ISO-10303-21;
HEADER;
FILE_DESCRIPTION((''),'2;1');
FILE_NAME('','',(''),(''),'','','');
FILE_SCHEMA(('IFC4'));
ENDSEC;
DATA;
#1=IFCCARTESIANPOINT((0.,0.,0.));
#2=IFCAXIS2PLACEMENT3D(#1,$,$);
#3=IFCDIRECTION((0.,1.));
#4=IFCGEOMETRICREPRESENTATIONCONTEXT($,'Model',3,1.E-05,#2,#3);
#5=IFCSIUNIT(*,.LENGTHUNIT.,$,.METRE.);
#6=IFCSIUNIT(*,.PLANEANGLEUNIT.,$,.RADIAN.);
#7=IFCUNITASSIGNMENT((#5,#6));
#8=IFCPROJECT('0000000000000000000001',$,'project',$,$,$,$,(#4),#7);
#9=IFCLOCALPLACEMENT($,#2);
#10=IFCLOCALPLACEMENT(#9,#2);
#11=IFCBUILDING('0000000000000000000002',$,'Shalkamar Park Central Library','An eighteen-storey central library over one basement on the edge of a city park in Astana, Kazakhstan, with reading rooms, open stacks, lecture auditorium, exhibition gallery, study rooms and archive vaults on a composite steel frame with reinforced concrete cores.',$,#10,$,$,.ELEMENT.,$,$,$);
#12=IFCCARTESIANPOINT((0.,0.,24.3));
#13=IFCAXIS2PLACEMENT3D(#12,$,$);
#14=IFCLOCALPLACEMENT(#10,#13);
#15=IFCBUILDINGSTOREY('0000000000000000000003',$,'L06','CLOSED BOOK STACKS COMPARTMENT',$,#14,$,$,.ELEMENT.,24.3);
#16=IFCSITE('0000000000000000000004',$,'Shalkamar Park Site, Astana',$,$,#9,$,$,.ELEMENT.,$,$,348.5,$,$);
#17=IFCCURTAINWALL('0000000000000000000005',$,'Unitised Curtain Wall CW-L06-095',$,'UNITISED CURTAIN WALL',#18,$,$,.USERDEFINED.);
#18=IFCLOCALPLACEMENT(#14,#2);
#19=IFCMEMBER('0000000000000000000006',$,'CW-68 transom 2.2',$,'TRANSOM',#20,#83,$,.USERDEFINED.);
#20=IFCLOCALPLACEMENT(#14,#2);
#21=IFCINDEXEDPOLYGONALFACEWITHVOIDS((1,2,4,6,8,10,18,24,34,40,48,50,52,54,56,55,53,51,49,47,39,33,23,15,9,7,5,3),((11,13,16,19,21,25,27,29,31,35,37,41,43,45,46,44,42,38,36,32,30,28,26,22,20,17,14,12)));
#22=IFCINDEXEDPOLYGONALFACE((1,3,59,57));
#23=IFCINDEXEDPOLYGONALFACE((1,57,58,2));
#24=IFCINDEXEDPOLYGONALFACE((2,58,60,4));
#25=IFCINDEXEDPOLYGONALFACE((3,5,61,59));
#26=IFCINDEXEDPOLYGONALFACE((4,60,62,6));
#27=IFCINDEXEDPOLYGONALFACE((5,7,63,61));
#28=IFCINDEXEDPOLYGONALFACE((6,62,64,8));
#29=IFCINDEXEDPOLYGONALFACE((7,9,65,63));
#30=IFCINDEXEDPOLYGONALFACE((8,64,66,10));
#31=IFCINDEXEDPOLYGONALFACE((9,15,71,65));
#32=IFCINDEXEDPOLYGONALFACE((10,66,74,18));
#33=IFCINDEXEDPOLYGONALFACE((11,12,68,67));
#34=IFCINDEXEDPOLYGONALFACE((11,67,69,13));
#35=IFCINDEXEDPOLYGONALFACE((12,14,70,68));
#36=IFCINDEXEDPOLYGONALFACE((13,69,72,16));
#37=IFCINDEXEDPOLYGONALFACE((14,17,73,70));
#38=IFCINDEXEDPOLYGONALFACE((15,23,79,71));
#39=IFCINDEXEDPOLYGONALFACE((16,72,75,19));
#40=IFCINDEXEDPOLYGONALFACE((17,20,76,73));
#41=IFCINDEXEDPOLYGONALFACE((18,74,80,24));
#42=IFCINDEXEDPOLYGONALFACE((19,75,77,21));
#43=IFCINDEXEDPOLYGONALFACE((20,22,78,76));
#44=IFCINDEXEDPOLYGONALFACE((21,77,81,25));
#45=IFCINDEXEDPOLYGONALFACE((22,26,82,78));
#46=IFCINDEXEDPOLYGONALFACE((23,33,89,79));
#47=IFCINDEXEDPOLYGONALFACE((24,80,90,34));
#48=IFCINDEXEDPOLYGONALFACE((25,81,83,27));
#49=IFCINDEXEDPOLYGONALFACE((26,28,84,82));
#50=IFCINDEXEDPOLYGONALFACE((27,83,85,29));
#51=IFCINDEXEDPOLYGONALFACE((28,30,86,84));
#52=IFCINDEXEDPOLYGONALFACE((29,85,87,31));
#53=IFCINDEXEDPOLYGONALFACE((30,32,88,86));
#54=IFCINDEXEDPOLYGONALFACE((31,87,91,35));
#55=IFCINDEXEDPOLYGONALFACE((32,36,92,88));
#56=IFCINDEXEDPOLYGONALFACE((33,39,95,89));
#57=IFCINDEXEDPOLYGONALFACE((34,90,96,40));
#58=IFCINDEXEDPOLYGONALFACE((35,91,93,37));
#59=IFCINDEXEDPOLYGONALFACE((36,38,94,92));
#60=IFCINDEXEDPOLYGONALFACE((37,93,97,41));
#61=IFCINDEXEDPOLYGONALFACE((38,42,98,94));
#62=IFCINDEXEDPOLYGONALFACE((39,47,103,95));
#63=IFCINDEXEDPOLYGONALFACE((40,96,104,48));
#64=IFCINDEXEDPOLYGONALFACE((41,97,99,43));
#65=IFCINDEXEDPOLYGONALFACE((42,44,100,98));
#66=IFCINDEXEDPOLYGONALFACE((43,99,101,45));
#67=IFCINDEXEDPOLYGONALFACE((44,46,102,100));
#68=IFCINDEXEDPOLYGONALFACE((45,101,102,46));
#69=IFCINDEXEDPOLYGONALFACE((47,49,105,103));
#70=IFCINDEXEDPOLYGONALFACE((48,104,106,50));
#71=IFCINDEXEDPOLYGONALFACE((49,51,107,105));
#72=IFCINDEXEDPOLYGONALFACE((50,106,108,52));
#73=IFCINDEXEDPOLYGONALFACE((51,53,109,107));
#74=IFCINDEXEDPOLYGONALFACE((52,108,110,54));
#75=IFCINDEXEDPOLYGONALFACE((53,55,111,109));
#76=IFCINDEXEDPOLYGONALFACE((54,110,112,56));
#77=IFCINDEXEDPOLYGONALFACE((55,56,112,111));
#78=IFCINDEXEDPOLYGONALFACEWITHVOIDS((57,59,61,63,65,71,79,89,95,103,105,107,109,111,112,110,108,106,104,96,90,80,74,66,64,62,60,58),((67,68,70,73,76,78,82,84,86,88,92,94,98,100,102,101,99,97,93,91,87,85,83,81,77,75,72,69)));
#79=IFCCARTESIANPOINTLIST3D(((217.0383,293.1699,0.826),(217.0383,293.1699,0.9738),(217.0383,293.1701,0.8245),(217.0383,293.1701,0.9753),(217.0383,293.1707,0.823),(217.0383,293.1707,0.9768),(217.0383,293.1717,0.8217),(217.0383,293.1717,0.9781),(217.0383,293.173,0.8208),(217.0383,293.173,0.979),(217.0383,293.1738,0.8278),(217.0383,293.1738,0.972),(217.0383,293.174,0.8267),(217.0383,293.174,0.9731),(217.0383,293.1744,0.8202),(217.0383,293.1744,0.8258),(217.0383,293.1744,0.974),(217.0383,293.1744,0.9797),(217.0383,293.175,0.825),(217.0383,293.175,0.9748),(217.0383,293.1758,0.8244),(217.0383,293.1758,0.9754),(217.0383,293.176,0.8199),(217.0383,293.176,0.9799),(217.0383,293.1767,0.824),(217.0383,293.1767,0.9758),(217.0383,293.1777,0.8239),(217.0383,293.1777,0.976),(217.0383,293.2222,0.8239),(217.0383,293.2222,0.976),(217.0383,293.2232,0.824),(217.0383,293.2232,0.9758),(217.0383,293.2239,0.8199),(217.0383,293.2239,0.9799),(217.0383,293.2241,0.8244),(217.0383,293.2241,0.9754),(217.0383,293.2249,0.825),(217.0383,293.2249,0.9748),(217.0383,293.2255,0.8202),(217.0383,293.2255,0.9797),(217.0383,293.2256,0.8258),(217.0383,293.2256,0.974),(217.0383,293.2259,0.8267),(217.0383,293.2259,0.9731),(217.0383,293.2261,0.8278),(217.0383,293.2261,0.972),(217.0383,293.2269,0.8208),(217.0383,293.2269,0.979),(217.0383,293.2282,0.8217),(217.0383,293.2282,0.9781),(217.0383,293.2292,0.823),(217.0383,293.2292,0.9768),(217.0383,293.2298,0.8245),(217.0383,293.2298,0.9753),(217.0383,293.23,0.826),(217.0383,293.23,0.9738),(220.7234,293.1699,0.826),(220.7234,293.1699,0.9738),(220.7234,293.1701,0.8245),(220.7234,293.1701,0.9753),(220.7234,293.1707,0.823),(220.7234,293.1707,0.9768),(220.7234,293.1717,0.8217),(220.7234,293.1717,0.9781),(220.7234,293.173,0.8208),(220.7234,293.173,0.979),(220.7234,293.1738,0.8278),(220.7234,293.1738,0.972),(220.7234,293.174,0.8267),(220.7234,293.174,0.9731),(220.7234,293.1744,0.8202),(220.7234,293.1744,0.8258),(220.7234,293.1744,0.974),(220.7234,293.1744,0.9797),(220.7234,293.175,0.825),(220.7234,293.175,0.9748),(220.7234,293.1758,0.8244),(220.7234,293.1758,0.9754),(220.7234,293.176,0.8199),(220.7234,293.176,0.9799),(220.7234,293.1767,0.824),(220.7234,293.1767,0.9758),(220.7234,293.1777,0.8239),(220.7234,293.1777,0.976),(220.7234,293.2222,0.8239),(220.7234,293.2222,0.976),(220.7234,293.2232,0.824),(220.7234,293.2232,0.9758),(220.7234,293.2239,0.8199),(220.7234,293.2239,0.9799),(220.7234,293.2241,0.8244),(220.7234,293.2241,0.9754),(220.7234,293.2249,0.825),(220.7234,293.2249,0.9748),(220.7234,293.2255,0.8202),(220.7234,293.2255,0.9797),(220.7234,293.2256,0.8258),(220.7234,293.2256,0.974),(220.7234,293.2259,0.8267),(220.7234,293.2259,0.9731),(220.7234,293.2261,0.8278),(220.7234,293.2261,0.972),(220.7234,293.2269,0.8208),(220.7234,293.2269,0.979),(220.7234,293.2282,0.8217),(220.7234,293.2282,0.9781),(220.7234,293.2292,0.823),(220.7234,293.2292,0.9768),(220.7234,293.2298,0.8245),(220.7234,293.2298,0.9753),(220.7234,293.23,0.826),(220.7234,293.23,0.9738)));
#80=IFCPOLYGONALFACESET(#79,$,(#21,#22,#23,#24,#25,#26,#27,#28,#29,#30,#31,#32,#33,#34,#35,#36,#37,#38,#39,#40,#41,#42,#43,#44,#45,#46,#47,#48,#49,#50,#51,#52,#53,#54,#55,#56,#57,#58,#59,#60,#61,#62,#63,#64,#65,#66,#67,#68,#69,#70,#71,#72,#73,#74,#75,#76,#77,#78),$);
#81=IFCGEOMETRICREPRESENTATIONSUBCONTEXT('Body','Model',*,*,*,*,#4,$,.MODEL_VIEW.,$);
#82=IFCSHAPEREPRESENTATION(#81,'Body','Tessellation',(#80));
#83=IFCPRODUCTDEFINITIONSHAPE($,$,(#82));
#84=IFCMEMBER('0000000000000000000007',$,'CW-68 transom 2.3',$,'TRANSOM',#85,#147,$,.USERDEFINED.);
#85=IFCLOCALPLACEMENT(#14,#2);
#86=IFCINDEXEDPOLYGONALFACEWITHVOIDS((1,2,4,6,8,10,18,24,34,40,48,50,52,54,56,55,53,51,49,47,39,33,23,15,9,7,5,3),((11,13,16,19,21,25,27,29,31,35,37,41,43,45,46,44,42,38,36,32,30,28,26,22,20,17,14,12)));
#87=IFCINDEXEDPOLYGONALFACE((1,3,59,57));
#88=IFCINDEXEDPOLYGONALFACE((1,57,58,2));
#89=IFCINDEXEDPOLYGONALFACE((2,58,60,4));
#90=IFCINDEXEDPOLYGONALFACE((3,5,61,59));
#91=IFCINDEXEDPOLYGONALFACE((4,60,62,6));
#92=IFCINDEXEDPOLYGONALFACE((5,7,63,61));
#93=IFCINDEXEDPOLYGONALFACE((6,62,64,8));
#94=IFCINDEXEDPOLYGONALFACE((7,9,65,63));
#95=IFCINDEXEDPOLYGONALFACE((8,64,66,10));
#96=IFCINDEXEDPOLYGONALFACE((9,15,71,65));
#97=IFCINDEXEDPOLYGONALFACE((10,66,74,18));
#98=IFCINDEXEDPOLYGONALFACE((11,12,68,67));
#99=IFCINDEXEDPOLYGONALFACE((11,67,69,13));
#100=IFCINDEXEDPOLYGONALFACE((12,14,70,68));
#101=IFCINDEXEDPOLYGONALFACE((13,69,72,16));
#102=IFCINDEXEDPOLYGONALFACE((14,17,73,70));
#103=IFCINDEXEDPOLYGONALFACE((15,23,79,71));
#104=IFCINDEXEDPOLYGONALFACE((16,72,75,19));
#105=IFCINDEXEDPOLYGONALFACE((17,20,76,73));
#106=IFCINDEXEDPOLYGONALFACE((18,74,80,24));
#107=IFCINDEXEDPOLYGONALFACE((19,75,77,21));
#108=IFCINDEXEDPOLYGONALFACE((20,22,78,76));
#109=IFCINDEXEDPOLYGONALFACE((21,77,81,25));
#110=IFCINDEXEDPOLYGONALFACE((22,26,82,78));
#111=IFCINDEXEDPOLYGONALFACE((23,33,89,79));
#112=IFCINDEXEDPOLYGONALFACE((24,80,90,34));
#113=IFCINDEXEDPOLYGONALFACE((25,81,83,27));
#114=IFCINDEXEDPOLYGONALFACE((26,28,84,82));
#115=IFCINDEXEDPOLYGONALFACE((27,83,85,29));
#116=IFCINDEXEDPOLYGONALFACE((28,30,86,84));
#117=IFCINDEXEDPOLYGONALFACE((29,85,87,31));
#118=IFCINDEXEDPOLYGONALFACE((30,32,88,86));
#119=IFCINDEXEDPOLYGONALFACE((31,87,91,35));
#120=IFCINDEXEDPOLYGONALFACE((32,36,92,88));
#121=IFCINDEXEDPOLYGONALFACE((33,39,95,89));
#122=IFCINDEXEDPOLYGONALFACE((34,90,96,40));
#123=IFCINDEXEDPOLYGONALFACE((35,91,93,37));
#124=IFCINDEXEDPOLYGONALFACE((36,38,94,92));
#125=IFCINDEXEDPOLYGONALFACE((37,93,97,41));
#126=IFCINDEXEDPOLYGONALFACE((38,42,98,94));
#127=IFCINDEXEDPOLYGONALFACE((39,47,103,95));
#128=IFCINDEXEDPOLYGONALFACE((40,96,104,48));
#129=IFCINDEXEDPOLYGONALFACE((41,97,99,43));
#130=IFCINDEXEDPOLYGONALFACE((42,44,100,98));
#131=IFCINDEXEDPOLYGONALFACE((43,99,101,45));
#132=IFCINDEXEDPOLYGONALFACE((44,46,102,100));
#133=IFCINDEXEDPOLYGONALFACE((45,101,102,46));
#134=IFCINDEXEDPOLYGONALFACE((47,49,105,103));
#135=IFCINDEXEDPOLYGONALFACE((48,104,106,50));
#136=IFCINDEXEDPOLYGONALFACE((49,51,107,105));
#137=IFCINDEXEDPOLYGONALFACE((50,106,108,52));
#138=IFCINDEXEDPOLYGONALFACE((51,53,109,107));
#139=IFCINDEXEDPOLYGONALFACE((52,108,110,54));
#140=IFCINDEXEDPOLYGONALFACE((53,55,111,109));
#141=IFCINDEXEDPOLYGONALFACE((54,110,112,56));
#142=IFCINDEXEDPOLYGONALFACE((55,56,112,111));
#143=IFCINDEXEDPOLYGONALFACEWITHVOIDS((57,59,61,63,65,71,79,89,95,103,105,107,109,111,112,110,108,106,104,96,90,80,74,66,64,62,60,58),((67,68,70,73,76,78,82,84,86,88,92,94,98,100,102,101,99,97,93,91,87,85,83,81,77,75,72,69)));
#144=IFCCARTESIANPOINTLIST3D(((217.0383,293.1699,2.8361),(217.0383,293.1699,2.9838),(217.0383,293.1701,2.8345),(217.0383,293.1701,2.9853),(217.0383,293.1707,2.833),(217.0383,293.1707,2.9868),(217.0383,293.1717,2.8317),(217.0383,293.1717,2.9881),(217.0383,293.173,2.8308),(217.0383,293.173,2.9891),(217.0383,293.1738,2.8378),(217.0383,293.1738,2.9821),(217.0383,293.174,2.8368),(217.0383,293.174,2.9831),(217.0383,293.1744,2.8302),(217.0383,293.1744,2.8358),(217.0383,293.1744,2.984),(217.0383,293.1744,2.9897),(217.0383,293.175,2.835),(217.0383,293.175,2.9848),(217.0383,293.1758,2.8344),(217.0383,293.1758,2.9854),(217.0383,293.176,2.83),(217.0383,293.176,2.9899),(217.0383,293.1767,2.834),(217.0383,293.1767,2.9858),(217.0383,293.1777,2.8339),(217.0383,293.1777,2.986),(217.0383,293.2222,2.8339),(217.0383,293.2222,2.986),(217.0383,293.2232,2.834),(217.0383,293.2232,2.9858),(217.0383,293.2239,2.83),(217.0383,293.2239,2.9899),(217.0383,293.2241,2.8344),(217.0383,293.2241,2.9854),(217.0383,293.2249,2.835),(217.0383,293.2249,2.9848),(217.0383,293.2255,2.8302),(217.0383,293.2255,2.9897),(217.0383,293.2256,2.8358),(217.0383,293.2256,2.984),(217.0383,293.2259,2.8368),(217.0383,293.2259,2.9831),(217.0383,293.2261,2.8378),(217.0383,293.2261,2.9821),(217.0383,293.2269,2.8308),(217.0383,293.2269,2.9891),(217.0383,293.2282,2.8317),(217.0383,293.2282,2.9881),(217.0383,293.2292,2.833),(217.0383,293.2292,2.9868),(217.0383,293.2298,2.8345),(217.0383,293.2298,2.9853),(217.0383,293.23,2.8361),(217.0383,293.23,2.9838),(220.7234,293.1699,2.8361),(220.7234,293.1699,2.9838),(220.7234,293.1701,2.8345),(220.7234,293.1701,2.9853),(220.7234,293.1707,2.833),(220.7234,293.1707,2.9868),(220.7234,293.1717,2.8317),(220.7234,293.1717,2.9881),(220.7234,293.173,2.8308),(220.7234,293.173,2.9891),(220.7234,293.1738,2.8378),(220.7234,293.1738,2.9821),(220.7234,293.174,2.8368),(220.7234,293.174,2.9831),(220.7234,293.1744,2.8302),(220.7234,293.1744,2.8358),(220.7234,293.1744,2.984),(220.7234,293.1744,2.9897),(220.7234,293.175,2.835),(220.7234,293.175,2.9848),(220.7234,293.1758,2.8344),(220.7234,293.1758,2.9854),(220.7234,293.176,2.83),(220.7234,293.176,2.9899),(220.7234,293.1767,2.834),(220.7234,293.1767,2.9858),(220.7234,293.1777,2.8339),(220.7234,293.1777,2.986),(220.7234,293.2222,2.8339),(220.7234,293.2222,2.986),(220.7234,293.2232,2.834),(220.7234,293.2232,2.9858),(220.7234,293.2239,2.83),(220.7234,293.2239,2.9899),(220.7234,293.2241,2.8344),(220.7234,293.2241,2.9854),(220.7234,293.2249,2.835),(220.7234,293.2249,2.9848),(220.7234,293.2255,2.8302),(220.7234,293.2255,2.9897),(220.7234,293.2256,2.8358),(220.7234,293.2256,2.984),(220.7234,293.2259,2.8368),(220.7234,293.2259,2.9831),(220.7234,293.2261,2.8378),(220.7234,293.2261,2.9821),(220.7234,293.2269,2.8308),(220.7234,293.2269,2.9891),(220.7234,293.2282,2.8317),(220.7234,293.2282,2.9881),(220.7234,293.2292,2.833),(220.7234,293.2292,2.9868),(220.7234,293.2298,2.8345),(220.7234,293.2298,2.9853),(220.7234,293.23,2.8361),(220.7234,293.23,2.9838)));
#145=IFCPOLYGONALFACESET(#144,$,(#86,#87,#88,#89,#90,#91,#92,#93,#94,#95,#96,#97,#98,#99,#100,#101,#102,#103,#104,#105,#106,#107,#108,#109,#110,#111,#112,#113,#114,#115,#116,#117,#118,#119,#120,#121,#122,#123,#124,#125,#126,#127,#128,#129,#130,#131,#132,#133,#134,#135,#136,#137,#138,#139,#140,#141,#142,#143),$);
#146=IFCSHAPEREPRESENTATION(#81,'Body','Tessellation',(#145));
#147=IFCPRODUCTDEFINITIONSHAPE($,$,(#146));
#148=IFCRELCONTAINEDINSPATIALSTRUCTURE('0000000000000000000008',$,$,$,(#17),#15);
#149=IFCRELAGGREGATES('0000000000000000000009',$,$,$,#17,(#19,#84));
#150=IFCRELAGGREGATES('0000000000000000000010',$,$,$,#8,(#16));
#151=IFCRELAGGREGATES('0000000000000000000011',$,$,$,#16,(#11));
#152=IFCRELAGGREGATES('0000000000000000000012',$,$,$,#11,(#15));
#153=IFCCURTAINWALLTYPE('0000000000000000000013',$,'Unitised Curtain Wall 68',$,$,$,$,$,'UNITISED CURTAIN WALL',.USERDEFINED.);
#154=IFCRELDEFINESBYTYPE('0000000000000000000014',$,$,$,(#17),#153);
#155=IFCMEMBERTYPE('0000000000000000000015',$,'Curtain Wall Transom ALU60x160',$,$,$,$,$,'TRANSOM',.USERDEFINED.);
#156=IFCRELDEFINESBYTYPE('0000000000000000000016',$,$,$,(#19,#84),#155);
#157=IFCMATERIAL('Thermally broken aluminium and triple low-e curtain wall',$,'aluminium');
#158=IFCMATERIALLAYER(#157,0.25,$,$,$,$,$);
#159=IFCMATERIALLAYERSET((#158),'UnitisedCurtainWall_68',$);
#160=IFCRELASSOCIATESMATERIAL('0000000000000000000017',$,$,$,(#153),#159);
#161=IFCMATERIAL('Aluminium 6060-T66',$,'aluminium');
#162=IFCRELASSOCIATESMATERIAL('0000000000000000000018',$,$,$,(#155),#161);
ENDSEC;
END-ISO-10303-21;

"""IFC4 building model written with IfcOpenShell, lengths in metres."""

from ifc_helpers import new_model, si_unit, direction, frame, origin, origin_2d, place, context, subcontext, project, spatial, hollow_rectangle, extrude, material, layer, layer_set, material_profile, profile_set, type_object, element, aggregate, save


model = new_model("IFC4")

# Units and contexts
model_context = context("Model", 3, precision=1e-05, world=origin(), true_north=direction((0.0, 1.0)))
body_context = subcontext(model_context, "Body", "Model", "MODEL_VIEW")
ifc_project = project(units=[si_unit("LENGTHUNIT", "METRE"), si_unit("PLANEANGLEUNIT", "RADIAN")], contexts=[model_context])

# Site, building, storey
site_placement = place(None, origin())
site = spatial("IfcSite", under=ifc_project, at=site_placement, Name="Shalkamar Park Site, Astana", CompositionType="ELEMENT", RefElevation=348.5)
building_placement = place(site_placement, origin())
building = spatial("IfcBuilding", under=site, at=building_placement, Name="Shalkamar Park Central Library", Description="An eighteen-storey central library over one basement on the edge of a city park in Astana, Kazakhstan, with reading rooms, open stacks, lecture auditorium, exhibition gallery, study rooms and archive vaults on a composite steel frame with reinforced concrete cores.", CompositionType="ELEMENT")
storey_placement = place(building_placement, frame((0.0, 0.0, 24.3)))
storey = spatial("IfcBuildingStorey", under=building, at=storey_placement, Name="L06", Description="CLOSED BOOK STACKS COMPARTMENT", CompositionType="ELEMENT", Elevation=24.3)

# Curtain wall
ifc_material_1 = material(Name="Thermally broken aluminium and triple low-e curtain wall", Category="aluminium")
ifc_layer_1 = layer(ifc_material_1, 0.25)
ifc_layer_set_1 = layer_set([ifc_layer_1], Name="UnitisedCurtainWall_68")
curtain_wall_type_1 = type_object("IfcCurtainWallType", Name="Unitised Curtain Wall 68", ElementType="UNITISED CURTAIN WALL", PredefinedType="USERDEFINED", material=ifc_layer_set_1)
curtain_wall_1_placement = place(storey_placement, origin())
curtain_wall_1 = element("IfcCurtainWall", 1, at=curtain_wall_1_placement, inside=storey, type_object=curtain_wall_type_1, Name="Unitised Curtain Wall CW-L06-095", ObjectType="UNITISED CURTAIN WALL", PredefinedType="USERDEFINED")
ifc_material_2 = material(Name="Aluminium 6060-T66", Category="aluminium")

# Members
ifc_material_profile_1 = material_profile(ifc_material_2, hollow_rectangle(XDim=0.0601, YDim=0.1599, WallThickness=0.0039, InnerFilletRadius=0.0039, OuterFilletRadius=0.0061, at=origin_2d()), Name="ALU 60x160x4")
ifc_profile_set_1 = profile_set([ifc_material_profile_1], Name="Aluminium 6060-T66")
member_type_1 = type_object("IfcMemberType", Name="Curtain Wall Transom ALU60x160", ElementType="TRANSOM", PredefinedType="USERDEFINED", material=ifc_profile_set_1)
member_1_placement = place(storey_placement, frame((217.0383, 293.2, 0.8999), z_axis=(1.0, 0.0, 0.0), x_axis=(0.0, 1.0, 0.0)))
member_1 = element("IfcMember", 2, at=member_1_placement, type_object=member_type_1, Name="CW-68 transom 2.2", ObjectType="TRANSOM", PredefinedType="USERDEFINED", context=body_context, shape_type="SweptSolid", body=[
    extrude(hollow_rectangle(XDim=0.0601, YDim=0.1599, WallThickness=0.0039, InnerFilletRadius=0.0039, OuterFilletRadius=0.0061, at=origin_2d()), origin(), (0.0, 0.0, 1.0), 3.6851),
])
member_2_placement = place(storey_placement, frame((217.0383, 293.2, 2.9099), z_axis=(1.0, 0.0, 0.0), x_axis=(0.0, 1.0, 0.0)))
member_2 = element("IfcMember", 3, at=member_2_placement, type_object=member_type_1, Name="CW-68 transom 2.3", ObjectType="TRANSOM", PredefinedType="USERDEFINED", context=body_context, shape_type="SweptSolid", body=[
    extrude(hollow_rectangle(XDim=0.0601, YDim=0.1599, WallThickness=0.0039, InnerFilletRadius=0.0039, OuterFilletRadius=0.0061, at=origin_2d()), origin(), (0.0, 0.0, 1.0), 3.6851),
])

aggregate(curtain_wall_1, [member_1, member_2])

save(model, "model.ifc")
